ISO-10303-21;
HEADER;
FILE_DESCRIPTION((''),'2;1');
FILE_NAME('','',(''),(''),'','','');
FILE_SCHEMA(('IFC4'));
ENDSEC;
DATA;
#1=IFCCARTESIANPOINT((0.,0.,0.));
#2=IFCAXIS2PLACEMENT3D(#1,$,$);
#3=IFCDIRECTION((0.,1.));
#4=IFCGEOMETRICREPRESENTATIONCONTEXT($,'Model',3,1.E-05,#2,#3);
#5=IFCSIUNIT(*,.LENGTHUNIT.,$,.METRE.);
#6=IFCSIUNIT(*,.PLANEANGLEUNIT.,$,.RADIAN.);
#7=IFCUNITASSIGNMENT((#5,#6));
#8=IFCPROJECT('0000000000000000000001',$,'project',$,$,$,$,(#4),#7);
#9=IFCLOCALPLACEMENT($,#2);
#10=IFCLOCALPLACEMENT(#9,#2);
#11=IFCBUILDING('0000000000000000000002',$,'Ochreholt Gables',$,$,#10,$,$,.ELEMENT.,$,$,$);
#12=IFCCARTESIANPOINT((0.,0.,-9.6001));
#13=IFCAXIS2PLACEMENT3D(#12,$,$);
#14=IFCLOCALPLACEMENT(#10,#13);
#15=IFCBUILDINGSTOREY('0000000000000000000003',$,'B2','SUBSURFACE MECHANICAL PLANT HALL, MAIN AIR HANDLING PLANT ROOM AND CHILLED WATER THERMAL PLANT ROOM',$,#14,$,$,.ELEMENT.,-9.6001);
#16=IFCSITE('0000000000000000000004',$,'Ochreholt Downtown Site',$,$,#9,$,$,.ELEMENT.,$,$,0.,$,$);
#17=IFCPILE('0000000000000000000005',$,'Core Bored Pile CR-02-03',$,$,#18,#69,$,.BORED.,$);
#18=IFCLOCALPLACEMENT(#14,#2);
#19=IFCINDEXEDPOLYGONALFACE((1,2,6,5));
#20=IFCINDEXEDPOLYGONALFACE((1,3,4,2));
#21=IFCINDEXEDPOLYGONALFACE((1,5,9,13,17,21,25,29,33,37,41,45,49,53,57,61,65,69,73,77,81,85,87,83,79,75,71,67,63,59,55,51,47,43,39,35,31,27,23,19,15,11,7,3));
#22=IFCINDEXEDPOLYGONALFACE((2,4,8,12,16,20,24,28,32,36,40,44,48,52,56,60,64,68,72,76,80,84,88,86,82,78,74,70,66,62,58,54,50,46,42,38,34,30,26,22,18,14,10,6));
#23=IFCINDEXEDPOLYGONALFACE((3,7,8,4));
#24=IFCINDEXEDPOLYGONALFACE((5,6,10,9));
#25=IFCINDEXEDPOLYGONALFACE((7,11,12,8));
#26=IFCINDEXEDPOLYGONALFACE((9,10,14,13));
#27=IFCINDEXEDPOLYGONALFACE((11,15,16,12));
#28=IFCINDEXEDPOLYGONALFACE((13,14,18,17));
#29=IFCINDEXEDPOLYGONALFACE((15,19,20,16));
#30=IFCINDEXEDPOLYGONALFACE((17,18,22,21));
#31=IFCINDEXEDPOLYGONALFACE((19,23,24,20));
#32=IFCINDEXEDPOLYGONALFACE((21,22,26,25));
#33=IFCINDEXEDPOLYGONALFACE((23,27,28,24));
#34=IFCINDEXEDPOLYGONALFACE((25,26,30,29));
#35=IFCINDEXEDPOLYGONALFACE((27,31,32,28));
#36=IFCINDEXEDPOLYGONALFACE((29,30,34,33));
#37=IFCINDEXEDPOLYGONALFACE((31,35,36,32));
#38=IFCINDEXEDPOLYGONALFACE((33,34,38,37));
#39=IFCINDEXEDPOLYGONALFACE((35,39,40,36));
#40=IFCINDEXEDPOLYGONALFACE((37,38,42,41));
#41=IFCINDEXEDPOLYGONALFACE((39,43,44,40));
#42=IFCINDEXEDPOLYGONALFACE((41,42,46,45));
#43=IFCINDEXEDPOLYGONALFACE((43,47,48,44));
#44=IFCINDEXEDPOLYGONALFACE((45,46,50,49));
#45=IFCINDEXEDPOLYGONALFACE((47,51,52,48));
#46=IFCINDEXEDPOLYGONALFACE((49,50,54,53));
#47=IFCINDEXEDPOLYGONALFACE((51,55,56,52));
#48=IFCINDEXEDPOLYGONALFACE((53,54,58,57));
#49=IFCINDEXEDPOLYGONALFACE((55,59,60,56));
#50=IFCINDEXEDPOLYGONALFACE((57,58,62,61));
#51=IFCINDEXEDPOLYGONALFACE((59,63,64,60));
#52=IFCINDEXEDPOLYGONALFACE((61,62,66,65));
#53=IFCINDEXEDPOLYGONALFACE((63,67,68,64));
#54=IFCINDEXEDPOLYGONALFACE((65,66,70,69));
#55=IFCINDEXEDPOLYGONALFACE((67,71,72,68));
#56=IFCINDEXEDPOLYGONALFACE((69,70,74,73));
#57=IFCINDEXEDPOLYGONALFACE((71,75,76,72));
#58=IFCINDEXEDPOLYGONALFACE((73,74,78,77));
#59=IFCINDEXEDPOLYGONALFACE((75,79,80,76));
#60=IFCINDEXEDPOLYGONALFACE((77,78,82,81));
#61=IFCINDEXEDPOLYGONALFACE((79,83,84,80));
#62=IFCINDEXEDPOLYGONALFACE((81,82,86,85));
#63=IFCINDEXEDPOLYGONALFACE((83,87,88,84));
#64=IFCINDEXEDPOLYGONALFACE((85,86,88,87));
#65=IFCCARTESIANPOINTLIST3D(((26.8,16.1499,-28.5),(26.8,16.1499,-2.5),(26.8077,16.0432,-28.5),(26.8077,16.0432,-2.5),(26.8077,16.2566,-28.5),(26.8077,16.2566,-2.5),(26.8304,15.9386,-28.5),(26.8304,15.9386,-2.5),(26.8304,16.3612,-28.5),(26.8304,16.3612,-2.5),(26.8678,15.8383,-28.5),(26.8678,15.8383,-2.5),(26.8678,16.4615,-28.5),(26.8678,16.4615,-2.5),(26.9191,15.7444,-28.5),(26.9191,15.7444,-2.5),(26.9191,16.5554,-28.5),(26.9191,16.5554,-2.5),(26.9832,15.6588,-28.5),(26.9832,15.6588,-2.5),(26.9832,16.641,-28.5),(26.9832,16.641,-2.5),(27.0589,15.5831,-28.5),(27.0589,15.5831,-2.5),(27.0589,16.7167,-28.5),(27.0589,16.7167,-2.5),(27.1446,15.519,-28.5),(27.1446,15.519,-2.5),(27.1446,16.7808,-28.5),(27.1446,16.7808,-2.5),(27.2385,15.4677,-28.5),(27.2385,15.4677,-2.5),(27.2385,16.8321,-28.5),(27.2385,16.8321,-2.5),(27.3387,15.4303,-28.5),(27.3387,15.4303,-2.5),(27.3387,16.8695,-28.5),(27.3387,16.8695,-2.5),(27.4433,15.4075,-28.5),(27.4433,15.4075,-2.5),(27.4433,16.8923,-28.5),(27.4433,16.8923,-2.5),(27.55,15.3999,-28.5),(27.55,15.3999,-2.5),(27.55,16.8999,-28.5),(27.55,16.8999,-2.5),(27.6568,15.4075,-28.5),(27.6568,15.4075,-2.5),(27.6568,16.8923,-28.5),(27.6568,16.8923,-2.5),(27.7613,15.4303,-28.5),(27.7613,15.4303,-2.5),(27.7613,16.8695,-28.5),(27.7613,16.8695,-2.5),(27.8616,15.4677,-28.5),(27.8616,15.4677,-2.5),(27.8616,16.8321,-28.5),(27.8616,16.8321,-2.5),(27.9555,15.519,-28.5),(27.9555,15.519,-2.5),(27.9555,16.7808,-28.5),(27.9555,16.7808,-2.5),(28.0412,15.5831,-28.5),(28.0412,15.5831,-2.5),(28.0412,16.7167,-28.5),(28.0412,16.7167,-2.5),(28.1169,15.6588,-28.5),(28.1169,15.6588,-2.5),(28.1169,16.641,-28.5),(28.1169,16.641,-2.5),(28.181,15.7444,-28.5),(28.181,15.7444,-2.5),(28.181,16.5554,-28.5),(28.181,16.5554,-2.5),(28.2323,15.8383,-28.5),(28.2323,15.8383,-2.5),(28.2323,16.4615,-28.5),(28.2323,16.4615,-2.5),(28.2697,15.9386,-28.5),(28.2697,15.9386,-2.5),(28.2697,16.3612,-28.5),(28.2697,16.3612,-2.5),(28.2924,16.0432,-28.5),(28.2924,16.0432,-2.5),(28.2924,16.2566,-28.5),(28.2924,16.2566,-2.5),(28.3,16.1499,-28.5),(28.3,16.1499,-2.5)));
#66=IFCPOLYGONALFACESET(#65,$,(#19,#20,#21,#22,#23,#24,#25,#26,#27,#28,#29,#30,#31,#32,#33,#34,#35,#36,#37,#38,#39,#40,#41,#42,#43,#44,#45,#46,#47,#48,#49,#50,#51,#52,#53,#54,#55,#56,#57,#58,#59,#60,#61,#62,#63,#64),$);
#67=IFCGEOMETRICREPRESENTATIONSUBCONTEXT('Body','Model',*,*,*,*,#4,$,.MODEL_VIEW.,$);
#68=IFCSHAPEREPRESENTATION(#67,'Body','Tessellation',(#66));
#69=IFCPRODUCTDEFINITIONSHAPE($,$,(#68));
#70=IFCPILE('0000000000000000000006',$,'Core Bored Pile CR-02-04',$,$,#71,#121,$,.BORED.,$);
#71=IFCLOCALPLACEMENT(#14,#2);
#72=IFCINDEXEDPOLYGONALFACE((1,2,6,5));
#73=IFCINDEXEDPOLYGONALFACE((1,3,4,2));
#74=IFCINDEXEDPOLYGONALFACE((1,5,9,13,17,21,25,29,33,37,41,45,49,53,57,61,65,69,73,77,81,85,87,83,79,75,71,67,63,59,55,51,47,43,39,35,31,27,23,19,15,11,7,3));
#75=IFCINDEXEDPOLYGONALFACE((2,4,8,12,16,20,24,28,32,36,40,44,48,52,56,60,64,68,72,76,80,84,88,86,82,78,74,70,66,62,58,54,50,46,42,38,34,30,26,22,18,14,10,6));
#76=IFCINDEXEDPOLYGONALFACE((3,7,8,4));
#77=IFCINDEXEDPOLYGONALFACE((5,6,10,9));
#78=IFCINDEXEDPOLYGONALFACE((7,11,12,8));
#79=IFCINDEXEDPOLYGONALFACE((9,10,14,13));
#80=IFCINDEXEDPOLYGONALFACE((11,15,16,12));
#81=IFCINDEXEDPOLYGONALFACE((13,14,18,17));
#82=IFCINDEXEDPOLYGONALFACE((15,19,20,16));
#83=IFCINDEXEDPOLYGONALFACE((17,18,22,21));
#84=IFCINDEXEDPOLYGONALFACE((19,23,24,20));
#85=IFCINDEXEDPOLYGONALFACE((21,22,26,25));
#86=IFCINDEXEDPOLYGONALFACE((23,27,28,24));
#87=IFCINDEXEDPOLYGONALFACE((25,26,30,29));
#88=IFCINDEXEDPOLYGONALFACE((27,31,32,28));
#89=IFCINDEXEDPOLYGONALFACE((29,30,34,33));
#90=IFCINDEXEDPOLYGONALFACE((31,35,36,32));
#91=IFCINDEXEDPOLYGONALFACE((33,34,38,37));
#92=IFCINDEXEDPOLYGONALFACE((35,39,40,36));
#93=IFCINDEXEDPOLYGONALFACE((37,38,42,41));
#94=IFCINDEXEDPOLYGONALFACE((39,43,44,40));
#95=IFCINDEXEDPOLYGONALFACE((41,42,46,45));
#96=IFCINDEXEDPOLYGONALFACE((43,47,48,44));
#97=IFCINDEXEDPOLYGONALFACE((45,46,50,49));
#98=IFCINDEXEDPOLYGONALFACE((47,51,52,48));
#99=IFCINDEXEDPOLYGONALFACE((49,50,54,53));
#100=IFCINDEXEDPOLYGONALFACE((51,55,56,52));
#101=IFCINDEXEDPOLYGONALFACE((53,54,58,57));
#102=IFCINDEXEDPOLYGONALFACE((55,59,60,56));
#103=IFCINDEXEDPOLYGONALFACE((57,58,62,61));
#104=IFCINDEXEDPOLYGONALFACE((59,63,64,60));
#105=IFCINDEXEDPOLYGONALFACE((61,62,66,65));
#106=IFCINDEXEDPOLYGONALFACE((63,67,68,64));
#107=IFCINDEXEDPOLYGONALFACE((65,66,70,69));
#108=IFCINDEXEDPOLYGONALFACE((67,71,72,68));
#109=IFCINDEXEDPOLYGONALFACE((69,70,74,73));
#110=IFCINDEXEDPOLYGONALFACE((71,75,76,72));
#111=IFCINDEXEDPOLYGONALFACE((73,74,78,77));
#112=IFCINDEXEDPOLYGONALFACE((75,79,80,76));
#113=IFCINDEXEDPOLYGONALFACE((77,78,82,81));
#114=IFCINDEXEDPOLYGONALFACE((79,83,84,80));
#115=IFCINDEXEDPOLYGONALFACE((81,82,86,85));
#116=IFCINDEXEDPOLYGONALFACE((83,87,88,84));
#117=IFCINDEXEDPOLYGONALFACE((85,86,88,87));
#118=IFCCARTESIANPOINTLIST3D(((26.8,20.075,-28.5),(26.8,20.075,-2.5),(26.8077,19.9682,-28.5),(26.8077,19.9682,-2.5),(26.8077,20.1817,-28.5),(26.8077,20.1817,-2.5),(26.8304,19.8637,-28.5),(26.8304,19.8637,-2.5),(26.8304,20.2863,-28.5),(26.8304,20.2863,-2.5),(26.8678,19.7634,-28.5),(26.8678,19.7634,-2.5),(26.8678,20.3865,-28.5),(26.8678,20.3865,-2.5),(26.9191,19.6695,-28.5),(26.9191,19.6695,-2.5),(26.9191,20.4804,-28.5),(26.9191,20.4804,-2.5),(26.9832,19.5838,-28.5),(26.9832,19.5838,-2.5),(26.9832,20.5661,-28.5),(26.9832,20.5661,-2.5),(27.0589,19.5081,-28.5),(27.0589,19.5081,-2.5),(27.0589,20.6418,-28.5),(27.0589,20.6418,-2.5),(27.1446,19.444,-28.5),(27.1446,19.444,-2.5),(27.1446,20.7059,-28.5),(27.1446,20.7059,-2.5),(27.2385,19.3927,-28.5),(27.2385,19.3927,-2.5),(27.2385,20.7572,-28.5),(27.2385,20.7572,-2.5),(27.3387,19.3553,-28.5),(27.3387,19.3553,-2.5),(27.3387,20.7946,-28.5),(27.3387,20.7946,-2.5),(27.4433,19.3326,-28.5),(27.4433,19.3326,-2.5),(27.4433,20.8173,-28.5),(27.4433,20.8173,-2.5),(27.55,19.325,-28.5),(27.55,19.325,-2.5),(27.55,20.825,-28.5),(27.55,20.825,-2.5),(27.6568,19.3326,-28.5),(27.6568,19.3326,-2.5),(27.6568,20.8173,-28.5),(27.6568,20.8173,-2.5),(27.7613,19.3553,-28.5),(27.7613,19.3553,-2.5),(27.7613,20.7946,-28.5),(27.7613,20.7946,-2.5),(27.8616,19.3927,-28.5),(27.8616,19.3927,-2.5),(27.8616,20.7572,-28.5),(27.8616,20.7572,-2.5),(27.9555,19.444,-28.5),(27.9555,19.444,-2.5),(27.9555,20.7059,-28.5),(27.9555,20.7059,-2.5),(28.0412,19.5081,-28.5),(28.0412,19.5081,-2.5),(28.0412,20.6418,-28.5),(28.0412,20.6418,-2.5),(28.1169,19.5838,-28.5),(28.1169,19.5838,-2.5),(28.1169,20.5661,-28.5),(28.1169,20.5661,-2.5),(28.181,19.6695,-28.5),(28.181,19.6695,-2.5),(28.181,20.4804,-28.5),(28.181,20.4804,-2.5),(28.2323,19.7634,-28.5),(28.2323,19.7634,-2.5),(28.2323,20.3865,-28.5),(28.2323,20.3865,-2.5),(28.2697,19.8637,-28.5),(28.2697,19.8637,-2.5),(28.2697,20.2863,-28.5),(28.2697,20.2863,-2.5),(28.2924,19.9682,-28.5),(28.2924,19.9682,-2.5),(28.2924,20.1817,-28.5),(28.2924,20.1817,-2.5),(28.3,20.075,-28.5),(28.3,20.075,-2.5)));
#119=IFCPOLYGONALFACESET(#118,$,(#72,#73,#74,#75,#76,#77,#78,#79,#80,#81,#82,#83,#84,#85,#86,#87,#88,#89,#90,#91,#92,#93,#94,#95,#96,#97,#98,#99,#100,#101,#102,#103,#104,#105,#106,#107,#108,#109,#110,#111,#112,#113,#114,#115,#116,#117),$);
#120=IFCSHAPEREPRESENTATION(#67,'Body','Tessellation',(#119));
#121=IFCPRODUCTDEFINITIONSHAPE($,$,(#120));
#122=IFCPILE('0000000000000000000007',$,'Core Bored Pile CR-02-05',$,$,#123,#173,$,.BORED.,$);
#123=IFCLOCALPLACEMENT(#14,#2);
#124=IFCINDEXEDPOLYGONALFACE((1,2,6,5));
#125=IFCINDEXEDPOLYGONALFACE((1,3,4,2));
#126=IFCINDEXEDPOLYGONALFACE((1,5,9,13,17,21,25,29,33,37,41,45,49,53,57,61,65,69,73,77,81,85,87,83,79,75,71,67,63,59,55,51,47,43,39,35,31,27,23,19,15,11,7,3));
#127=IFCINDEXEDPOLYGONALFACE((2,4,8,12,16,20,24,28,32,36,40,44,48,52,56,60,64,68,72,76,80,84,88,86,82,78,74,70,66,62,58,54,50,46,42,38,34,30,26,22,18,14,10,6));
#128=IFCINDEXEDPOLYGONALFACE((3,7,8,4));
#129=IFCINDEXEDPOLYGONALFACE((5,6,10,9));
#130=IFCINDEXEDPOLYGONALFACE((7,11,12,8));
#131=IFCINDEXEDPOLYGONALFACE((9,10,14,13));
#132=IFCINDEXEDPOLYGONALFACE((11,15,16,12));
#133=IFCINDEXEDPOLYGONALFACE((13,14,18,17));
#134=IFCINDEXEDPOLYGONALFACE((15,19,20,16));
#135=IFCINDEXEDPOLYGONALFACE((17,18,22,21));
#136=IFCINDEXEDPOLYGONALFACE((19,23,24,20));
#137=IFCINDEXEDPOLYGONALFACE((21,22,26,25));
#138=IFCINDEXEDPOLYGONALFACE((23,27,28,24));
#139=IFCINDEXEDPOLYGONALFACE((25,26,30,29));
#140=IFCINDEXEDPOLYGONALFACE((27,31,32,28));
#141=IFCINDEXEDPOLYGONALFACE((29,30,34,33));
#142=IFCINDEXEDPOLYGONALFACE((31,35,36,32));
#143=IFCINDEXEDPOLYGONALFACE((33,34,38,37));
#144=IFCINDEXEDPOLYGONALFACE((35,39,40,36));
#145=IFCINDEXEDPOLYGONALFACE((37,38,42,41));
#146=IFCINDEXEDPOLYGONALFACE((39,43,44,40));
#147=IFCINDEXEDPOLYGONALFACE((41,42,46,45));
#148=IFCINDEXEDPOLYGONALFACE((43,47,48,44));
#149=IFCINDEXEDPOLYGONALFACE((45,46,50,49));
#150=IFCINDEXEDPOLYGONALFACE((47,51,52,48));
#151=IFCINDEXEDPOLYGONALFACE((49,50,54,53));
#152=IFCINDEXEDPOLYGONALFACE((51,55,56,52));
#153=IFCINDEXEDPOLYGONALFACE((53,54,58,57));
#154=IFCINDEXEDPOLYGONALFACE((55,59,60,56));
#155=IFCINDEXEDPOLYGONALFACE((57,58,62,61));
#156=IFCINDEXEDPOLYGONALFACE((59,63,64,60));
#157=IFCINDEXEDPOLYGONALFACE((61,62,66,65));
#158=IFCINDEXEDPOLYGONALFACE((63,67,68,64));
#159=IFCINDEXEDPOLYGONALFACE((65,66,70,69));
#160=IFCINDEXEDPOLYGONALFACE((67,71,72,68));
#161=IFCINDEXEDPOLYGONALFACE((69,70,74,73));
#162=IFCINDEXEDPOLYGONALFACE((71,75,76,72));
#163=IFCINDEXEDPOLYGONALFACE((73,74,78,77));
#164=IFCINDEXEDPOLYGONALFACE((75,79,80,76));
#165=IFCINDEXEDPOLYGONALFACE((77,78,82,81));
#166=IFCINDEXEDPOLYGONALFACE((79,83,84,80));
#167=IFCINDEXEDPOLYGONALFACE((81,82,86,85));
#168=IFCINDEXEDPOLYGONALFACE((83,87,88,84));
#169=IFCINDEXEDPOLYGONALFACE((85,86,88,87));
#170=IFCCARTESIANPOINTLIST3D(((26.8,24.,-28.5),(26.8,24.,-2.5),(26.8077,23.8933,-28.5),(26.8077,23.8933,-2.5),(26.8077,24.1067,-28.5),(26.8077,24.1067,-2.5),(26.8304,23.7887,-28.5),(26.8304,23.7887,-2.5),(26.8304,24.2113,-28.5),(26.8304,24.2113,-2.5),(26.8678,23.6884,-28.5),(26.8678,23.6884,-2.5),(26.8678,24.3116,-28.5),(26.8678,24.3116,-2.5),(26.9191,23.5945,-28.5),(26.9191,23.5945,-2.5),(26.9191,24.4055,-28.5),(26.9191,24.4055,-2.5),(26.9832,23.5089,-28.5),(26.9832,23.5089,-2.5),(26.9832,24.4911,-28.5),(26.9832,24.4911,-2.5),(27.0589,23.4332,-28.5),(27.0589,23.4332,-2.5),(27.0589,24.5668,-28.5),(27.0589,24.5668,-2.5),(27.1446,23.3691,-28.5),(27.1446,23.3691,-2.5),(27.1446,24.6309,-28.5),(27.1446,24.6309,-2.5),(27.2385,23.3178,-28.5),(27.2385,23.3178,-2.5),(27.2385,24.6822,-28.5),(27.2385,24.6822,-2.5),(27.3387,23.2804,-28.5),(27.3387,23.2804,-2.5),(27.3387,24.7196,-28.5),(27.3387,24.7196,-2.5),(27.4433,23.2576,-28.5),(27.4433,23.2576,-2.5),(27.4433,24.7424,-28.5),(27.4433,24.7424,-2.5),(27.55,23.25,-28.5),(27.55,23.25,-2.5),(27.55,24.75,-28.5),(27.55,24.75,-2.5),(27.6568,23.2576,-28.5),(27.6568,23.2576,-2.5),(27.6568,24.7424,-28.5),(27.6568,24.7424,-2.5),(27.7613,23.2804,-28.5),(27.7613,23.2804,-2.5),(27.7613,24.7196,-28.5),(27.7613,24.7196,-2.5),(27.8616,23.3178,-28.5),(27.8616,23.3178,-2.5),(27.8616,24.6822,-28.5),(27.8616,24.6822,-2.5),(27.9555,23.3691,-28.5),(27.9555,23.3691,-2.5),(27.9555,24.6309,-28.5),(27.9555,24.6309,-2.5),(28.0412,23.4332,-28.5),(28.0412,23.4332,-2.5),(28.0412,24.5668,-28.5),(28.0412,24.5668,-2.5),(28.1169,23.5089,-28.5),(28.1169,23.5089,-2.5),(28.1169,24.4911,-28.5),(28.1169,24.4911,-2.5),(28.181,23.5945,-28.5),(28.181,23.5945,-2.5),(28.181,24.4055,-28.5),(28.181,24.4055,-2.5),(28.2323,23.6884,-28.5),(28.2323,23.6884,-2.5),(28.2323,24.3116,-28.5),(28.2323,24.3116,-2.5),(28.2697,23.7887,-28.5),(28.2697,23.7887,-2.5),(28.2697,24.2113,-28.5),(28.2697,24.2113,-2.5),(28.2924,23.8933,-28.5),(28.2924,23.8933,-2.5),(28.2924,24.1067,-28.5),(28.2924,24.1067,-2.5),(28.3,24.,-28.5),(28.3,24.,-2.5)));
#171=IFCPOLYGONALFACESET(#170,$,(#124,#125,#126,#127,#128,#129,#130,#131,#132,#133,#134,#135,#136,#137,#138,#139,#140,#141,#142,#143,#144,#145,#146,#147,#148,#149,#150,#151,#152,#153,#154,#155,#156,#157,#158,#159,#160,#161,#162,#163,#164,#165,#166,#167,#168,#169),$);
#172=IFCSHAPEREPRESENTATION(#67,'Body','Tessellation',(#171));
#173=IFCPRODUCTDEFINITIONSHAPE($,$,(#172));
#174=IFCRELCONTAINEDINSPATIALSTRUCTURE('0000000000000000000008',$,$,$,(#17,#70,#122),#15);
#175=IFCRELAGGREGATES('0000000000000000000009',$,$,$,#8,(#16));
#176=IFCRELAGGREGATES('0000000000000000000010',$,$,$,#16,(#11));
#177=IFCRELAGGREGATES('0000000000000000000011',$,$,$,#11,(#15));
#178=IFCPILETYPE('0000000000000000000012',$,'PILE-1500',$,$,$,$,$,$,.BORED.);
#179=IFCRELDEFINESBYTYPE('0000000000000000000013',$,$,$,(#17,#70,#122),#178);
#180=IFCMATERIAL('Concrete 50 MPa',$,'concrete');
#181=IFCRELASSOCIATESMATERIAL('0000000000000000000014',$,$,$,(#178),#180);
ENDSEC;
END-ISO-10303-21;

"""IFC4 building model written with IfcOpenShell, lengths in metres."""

from ifc_helpers import new_model, si_unit, direction, frame, origin, origin_2d, place, context, subcontext, project, spatial, circle, extrude, material, material_profile, profile_set, type_object, element, save


model = new_model("IFC4")

# Units and contexts
model_context = context("Model", 3, precision=1e-05, world=origin(), true_north=direction((0.0, 1.0)))
body_context = subcontext(model_context, "Body", "Model", "MODEL_VIEW")
ifc_project = project(units=[si_unit("LENGTHUNIT", "METRE"), si_unit("PLANEANGLEUNIT", "RADIAN")], contexts=[model_context])

# Site, building, storey
site_placement = place(None, origin())
site = spatial("IfcSite", under=ifc_project, at=site_placement, Name="Ochreholt Downtown Site", CompositionType="ELEMENT", RefElevation=0.0)
building_placement = place(site_placement, origin())
building = spatial("IfcBuilding", under=site, at=building_placement, Name="Ochreholt Gables", CompositionType="ELEMENT")
storey_placement = place(building_placement, frame((0.0, 0.0, -9.6001)))
storey = spatial("IfcBuildingStorey", under=building, at=storey_placement, Name="B2", Description="SUBSURFACE MECHANICAL PLANT HALL, MAIN AIR HANDLING PLANT ROOM AND CHILLED WATER THERMAL PLANT ROOM", CompositionType="ELEMENT", Elevation=-9.6001)

# Piles
ifc_material_1 = material(Name="Concrete 50 MPa", Category="concrete")
ifc_material_profile = material_profile(ifc_material_1, circle(Radius=0.75, at=origin_2d()), Name="PILE1500")
ifc_profile_set = profile_set([ifc_material_profile], Name="Concrete 50 MPa")
pile_type = type_object("IfcPileType", Name="PILE-1500", PredefinedType="BORED", material=ifc_profile_set)
for number, where, z_axis, x_axis, name in (
    (1, (27.55, 16.1499, -2.5), (0.0, 0.0, -1.0), (1.0, 0.0, 0.0), "Core Bored Pile CR-02-03"),
    (2, (27.55, 20.075, -2.5), (0.0, 0.0, -1.0), (1.0, 0.0, 0.0), "Core Bored Pile CR-02-04"),
    (3, (27.55, 24.0, -2.5), (0.0, 0.0, -1.0), (1.0, 0.0, 0.0), "Core Bored Pile CR-02-05"),
):
    element("IfcPile", number, at=place(storey_placement, frame(where, z_axis=z_axis, x_axis=x_axis)), inside=storey, type_object=pile_type, Name=name, PredefinedType="BORED", context=body_context, shape_type="SweptSolid", body=[
        extrude(circle(Radius=0.75, at=origin_2d()), origin(), (0.0, 0.0, 1.0), 26.0),
    ])

save(model, "model.ifc")
